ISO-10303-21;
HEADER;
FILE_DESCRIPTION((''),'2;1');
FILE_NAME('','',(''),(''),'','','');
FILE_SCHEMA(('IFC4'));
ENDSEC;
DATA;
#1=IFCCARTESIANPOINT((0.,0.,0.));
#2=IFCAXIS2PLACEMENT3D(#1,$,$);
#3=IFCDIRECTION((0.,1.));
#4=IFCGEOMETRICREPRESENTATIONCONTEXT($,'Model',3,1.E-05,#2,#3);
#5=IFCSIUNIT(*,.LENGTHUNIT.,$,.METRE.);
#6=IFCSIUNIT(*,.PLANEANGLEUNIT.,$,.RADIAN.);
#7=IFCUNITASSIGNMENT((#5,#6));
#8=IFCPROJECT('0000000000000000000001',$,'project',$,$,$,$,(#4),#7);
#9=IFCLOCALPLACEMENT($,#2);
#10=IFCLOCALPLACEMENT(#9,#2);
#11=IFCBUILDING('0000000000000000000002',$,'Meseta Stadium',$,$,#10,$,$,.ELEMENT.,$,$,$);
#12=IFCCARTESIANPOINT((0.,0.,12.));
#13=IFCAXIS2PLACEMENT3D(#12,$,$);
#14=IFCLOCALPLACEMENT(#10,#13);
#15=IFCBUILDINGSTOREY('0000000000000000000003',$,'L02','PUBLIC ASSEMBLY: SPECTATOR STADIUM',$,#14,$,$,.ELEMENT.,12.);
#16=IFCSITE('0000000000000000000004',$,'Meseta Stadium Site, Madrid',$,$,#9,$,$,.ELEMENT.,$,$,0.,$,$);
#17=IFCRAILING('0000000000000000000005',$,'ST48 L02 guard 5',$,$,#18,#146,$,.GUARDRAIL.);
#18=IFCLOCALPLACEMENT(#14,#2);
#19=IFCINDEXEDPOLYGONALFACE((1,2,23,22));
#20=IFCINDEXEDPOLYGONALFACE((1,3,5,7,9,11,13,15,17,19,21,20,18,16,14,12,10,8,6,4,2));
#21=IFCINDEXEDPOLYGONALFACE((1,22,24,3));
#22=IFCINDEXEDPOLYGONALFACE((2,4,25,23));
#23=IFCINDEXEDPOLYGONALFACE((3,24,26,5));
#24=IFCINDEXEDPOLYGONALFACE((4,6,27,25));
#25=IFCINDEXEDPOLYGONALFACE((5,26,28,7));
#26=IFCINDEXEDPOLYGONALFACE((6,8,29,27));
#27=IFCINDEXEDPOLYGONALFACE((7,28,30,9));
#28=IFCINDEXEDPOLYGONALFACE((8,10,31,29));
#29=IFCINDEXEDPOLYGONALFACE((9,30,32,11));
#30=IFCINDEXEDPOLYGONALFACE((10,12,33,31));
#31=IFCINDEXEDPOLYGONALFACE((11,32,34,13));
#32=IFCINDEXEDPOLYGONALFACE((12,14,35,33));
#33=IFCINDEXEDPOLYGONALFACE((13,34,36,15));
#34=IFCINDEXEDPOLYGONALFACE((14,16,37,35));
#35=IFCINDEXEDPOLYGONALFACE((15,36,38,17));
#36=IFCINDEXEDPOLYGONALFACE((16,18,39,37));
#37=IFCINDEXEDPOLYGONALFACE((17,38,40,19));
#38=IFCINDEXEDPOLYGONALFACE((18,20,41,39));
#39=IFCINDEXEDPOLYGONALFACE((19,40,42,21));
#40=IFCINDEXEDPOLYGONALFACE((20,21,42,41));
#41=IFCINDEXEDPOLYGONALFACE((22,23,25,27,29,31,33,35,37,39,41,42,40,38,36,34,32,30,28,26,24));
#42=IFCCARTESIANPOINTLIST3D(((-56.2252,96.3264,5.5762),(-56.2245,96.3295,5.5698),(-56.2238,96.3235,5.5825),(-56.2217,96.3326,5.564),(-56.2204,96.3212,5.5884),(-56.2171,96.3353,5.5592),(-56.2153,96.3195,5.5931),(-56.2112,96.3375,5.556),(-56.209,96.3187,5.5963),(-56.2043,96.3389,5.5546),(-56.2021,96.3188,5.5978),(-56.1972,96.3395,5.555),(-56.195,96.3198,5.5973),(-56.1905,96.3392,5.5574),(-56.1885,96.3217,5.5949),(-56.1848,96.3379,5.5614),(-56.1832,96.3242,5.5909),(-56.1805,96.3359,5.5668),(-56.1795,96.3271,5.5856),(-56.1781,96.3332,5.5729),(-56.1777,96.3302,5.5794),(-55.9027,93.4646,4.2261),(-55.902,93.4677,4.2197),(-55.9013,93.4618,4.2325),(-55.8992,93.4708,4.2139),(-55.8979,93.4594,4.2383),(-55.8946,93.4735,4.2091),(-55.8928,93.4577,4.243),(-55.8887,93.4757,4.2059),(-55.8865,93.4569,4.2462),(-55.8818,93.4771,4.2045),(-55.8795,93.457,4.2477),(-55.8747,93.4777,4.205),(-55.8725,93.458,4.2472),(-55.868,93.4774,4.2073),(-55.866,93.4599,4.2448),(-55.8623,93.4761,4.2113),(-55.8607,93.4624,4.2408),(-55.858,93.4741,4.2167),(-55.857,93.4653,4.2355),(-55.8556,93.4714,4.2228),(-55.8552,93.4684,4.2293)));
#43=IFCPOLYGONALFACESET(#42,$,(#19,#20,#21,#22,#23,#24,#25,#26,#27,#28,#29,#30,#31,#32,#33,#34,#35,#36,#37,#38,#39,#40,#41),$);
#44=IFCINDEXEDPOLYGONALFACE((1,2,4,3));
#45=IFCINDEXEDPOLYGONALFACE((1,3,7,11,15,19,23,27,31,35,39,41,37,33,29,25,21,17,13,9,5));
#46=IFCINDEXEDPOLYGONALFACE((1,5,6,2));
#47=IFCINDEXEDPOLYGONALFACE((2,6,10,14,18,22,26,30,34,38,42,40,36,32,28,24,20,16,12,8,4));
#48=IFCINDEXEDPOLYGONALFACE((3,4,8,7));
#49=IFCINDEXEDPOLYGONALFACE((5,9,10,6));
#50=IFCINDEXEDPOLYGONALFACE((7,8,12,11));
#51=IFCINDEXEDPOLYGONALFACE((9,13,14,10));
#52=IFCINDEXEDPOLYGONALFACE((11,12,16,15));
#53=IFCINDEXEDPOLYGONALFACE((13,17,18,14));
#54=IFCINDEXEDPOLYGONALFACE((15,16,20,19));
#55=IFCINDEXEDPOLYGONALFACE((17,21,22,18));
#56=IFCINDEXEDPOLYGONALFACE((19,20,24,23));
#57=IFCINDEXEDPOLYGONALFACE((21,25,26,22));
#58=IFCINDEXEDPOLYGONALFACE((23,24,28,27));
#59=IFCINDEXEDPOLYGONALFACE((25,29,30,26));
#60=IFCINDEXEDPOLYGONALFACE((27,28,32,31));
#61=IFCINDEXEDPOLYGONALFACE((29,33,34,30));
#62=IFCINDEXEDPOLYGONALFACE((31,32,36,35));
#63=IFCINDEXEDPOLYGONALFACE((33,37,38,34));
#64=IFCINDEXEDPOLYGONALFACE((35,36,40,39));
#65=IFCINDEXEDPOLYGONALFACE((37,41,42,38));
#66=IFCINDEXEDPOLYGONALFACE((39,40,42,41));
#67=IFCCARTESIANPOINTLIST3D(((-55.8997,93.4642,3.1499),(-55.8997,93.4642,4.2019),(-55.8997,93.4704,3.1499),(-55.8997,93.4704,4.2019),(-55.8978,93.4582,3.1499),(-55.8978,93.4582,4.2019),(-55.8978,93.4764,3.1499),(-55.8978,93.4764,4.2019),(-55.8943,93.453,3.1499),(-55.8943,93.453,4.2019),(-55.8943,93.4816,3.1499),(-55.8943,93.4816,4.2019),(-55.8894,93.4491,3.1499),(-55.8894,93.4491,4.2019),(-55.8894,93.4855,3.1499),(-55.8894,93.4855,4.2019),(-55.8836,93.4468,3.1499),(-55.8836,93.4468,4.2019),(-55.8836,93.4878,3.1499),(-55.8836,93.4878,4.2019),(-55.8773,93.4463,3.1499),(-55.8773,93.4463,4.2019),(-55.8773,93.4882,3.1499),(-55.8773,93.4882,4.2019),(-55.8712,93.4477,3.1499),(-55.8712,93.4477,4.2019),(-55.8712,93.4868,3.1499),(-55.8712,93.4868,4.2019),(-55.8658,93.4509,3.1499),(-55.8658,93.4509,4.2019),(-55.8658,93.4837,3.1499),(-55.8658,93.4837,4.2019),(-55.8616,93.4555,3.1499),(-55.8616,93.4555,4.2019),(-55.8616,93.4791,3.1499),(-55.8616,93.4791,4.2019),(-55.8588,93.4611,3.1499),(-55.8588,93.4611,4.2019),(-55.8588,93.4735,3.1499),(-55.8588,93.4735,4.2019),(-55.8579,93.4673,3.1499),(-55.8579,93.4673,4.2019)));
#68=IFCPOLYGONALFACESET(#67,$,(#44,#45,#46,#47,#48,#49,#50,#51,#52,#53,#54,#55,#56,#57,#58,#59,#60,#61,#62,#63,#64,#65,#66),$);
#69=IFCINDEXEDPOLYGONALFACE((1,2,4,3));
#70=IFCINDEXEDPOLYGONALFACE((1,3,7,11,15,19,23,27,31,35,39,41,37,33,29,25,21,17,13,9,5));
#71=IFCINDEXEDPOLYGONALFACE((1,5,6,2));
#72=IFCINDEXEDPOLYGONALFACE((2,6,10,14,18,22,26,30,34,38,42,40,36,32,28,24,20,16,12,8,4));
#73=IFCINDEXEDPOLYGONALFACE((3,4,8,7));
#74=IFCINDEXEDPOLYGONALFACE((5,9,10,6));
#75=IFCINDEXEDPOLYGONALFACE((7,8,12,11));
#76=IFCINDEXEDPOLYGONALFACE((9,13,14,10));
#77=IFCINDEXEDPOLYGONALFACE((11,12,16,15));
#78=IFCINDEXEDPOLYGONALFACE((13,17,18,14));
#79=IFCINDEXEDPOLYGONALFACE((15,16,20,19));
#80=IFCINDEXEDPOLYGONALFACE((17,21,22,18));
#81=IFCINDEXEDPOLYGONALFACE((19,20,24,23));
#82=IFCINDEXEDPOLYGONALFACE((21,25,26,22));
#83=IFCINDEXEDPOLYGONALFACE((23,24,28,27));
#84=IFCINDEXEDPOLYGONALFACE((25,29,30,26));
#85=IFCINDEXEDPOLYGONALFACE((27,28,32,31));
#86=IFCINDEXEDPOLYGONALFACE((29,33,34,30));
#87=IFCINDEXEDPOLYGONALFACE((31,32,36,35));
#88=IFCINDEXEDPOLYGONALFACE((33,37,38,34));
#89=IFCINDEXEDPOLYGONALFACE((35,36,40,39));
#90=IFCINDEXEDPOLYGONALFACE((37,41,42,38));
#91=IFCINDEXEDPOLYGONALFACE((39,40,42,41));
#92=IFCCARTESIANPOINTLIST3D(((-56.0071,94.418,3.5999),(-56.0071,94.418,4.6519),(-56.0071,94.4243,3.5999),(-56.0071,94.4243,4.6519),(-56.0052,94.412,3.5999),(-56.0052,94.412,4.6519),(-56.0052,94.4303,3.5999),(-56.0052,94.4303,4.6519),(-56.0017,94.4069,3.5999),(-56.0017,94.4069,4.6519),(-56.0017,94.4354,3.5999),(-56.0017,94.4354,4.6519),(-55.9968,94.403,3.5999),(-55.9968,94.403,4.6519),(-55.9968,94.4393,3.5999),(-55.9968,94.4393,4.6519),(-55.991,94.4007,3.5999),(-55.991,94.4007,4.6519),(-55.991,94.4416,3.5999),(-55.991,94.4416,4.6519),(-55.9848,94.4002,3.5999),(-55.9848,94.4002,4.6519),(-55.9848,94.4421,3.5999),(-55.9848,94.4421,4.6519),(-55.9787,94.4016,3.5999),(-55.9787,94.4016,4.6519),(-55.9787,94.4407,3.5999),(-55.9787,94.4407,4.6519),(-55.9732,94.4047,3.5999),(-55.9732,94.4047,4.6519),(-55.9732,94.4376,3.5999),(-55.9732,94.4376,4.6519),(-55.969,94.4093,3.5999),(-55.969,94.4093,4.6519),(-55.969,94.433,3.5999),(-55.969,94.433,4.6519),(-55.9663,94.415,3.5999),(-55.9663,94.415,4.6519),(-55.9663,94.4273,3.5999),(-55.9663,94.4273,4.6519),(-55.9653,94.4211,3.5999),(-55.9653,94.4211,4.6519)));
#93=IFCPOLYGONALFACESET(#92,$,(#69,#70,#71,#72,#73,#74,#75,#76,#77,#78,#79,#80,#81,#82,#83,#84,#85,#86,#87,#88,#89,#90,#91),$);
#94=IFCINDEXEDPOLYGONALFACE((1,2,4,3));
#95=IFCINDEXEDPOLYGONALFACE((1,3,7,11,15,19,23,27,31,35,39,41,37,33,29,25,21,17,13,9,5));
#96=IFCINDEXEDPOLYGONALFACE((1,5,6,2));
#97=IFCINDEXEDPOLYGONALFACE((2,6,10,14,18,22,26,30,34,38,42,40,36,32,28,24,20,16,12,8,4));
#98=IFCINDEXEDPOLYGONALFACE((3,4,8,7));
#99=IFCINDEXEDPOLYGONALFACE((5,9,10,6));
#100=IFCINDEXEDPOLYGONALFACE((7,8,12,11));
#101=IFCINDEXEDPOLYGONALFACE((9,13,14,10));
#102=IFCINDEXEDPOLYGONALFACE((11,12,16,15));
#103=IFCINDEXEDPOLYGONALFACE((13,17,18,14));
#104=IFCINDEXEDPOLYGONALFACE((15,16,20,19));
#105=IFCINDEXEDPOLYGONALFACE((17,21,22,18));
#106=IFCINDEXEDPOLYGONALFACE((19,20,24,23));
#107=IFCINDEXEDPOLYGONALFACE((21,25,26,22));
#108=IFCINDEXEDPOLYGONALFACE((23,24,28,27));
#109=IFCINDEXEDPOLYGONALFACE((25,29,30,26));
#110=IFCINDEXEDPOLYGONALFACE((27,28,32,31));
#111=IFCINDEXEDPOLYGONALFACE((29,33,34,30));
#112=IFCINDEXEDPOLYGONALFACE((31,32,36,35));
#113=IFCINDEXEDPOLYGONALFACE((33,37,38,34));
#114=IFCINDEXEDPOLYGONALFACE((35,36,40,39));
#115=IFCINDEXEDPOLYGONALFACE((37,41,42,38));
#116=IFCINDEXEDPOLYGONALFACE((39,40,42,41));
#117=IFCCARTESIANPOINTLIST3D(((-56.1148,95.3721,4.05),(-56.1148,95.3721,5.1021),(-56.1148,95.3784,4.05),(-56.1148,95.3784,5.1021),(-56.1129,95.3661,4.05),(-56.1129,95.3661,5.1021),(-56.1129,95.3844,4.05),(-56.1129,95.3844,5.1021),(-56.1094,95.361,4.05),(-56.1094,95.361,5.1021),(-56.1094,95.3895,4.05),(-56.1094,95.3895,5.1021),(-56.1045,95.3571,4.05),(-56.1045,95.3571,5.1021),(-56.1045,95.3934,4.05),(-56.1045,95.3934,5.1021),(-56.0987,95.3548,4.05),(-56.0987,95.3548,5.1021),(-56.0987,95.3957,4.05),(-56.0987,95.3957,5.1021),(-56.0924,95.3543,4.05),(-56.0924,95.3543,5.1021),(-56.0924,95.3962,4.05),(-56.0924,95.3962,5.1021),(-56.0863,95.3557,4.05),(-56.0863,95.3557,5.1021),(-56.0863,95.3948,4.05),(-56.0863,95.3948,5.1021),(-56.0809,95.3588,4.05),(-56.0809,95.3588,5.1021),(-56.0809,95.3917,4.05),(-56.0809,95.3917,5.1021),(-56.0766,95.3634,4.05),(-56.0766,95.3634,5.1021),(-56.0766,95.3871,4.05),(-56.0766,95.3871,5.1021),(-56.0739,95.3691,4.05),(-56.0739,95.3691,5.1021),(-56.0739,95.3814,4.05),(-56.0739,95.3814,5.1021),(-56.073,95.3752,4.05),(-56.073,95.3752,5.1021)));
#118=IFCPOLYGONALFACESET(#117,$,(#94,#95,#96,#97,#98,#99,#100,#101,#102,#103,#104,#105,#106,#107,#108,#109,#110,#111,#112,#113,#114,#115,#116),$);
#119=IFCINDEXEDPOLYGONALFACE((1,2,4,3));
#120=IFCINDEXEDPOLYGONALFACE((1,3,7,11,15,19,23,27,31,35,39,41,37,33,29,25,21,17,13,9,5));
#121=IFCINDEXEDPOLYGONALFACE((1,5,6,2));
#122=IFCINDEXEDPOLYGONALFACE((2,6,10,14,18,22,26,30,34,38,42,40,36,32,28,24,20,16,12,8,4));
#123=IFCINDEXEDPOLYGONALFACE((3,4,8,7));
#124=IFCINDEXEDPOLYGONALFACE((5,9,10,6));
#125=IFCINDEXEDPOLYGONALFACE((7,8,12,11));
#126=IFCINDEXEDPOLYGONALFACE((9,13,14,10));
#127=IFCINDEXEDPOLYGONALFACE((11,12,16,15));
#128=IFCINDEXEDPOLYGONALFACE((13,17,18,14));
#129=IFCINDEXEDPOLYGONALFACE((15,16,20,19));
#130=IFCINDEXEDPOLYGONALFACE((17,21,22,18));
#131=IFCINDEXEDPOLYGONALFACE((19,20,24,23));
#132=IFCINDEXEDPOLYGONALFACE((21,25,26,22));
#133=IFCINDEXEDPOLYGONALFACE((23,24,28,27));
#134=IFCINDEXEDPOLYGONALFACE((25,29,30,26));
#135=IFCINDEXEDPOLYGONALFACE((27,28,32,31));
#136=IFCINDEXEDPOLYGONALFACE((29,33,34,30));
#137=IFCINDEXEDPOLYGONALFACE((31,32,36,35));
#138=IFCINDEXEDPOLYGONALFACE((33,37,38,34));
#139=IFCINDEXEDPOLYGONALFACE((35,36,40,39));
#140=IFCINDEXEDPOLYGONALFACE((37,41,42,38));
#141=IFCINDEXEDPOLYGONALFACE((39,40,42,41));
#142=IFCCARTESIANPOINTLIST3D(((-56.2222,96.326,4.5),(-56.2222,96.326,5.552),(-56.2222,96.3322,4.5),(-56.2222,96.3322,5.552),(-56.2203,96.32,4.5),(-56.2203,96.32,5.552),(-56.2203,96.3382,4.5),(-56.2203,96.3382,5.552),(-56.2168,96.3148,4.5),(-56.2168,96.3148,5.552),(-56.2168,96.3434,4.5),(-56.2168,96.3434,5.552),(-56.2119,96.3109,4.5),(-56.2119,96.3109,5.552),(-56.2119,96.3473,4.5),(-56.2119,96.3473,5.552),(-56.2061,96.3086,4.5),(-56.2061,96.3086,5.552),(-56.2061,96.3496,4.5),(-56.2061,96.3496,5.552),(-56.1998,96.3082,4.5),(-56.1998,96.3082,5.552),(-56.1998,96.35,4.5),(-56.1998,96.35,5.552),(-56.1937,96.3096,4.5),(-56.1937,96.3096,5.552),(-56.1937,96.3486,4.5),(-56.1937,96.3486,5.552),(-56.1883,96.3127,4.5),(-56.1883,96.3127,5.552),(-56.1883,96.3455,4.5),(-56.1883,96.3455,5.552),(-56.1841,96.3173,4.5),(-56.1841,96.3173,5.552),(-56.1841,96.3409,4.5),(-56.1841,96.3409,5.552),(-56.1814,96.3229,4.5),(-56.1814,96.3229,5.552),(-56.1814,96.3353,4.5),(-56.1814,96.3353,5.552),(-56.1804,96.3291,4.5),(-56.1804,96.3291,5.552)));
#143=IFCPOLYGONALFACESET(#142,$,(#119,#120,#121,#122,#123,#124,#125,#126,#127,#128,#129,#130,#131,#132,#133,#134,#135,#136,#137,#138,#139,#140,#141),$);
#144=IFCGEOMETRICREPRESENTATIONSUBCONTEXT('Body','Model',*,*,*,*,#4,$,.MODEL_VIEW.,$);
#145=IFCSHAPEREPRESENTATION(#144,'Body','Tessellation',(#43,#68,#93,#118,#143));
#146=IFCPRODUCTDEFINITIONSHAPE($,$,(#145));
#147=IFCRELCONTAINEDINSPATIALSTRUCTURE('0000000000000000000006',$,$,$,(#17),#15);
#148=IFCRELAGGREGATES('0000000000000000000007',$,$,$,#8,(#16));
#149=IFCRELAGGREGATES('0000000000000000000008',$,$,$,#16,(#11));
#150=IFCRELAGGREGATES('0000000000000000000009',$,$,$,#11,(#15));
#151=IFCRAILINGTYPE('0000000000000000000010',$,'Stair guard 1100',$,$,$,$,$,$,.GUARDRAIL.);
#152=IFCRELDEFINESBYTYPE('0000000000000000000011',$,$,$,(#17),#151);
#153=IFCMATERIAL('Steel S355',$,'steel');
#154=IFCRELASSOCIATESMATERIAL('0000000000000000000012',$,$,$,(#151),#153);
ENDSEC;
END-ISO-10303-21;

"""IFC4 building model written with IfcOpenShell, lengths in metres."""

from ifc_helpers import new_model, si_unit, direction, frame, origin, origin_2d, place, context, subcontext, project, spatial, circle, extrude, material, type_object, element, save


model = new_model("IFC4")

# Units and contexts
model_context = context("Model", 3, precision=1e-05, world=origin(), true_north=direction((0.0, 1.0)))
body_context = subcontext(model_context, "Body", "Model", "MODEL_VIEW")
ifc_project = project(units=[si_unit("LENGTHUNIT", "METRE"), si_unit("PLANEANGLEUNIT", "RADIAN")], contexts=[model_context])

# Site, building, storey
site_placement = place(None, origin())
site = spatial("IfcSite", under=ifc_project, at=site_placement, Name="Meseta Stadium Site, Madrid", CompositionType="ELEMENT", RefElevation=0.0)
building_placement = place(site_placement, origin())
building = spatial("IfcBuilding", under=site, at=building_placement, Name="Meseta Stadium", CompositionType="ELEMENT")
storey_placement = place(building_placement, frame((0.0, 0.0, 12.0)))
storey = spatial("IfcBuildingStorey", under=building, at=storey_placement, Name="L02", Description="PUBLIC ASSEMBLY: SPECTATOR STADIUM", CompositionType="ELEMENT", Elevation=12.0)

# Railing
ifc_material_1 = material(Name="Steel S355", Category="steel")
railing_type_1 = type_object("IfcRailingType", Name="Stair guard 1100", PredefinedType="GUARDRAIL", material=ifc_material_1)
railing_1_placement = place(storey_placement, frame((-55.8789, 93.4673, 3.1499)))
element("IfcRailing", 1, at=railing_1_placement, inside=storey, type_object=railing_type_1, Name="ST48 L02 guard 5", PredefinedType="GUARDRAIL", context=body_context, shape_type="SweptSolid", body=[
    extrude(circle(Radius=0.0239, at=origin_2d()), frame((0.0, 0.0, 1.0762), z_axis=(-0.101396, 0.899748, 0.424467), x_axis=(-0.99371, -0.111985, 0.0)), (0.0, 0.0, 1.0), 3.1807),
    extrude(circle(Radius=0.021, at=origin_2d()), origin(), (0.0, 0.0, 1.0), 1.052),
    extrude(circle(Radius=0.021, at=origin_2d()), frame((-0.1074, 0.9539, 0.45)), (0.0, 0.0, 1.0), 1.052),
    extrude(circle(Radius=0.021, at=origin_2d()), frame((-0.2151, 1.908, 0.9001)), (0.0, 0.0, 1.0), 1.052),
    extrude(circle(Radius=0.021, at=origin_2d()), frame((-0.3225, 2.8618, 1.3501)), (0.0, 0.0, 1.0), 1.052),
])

save(model, "model.ifc")
